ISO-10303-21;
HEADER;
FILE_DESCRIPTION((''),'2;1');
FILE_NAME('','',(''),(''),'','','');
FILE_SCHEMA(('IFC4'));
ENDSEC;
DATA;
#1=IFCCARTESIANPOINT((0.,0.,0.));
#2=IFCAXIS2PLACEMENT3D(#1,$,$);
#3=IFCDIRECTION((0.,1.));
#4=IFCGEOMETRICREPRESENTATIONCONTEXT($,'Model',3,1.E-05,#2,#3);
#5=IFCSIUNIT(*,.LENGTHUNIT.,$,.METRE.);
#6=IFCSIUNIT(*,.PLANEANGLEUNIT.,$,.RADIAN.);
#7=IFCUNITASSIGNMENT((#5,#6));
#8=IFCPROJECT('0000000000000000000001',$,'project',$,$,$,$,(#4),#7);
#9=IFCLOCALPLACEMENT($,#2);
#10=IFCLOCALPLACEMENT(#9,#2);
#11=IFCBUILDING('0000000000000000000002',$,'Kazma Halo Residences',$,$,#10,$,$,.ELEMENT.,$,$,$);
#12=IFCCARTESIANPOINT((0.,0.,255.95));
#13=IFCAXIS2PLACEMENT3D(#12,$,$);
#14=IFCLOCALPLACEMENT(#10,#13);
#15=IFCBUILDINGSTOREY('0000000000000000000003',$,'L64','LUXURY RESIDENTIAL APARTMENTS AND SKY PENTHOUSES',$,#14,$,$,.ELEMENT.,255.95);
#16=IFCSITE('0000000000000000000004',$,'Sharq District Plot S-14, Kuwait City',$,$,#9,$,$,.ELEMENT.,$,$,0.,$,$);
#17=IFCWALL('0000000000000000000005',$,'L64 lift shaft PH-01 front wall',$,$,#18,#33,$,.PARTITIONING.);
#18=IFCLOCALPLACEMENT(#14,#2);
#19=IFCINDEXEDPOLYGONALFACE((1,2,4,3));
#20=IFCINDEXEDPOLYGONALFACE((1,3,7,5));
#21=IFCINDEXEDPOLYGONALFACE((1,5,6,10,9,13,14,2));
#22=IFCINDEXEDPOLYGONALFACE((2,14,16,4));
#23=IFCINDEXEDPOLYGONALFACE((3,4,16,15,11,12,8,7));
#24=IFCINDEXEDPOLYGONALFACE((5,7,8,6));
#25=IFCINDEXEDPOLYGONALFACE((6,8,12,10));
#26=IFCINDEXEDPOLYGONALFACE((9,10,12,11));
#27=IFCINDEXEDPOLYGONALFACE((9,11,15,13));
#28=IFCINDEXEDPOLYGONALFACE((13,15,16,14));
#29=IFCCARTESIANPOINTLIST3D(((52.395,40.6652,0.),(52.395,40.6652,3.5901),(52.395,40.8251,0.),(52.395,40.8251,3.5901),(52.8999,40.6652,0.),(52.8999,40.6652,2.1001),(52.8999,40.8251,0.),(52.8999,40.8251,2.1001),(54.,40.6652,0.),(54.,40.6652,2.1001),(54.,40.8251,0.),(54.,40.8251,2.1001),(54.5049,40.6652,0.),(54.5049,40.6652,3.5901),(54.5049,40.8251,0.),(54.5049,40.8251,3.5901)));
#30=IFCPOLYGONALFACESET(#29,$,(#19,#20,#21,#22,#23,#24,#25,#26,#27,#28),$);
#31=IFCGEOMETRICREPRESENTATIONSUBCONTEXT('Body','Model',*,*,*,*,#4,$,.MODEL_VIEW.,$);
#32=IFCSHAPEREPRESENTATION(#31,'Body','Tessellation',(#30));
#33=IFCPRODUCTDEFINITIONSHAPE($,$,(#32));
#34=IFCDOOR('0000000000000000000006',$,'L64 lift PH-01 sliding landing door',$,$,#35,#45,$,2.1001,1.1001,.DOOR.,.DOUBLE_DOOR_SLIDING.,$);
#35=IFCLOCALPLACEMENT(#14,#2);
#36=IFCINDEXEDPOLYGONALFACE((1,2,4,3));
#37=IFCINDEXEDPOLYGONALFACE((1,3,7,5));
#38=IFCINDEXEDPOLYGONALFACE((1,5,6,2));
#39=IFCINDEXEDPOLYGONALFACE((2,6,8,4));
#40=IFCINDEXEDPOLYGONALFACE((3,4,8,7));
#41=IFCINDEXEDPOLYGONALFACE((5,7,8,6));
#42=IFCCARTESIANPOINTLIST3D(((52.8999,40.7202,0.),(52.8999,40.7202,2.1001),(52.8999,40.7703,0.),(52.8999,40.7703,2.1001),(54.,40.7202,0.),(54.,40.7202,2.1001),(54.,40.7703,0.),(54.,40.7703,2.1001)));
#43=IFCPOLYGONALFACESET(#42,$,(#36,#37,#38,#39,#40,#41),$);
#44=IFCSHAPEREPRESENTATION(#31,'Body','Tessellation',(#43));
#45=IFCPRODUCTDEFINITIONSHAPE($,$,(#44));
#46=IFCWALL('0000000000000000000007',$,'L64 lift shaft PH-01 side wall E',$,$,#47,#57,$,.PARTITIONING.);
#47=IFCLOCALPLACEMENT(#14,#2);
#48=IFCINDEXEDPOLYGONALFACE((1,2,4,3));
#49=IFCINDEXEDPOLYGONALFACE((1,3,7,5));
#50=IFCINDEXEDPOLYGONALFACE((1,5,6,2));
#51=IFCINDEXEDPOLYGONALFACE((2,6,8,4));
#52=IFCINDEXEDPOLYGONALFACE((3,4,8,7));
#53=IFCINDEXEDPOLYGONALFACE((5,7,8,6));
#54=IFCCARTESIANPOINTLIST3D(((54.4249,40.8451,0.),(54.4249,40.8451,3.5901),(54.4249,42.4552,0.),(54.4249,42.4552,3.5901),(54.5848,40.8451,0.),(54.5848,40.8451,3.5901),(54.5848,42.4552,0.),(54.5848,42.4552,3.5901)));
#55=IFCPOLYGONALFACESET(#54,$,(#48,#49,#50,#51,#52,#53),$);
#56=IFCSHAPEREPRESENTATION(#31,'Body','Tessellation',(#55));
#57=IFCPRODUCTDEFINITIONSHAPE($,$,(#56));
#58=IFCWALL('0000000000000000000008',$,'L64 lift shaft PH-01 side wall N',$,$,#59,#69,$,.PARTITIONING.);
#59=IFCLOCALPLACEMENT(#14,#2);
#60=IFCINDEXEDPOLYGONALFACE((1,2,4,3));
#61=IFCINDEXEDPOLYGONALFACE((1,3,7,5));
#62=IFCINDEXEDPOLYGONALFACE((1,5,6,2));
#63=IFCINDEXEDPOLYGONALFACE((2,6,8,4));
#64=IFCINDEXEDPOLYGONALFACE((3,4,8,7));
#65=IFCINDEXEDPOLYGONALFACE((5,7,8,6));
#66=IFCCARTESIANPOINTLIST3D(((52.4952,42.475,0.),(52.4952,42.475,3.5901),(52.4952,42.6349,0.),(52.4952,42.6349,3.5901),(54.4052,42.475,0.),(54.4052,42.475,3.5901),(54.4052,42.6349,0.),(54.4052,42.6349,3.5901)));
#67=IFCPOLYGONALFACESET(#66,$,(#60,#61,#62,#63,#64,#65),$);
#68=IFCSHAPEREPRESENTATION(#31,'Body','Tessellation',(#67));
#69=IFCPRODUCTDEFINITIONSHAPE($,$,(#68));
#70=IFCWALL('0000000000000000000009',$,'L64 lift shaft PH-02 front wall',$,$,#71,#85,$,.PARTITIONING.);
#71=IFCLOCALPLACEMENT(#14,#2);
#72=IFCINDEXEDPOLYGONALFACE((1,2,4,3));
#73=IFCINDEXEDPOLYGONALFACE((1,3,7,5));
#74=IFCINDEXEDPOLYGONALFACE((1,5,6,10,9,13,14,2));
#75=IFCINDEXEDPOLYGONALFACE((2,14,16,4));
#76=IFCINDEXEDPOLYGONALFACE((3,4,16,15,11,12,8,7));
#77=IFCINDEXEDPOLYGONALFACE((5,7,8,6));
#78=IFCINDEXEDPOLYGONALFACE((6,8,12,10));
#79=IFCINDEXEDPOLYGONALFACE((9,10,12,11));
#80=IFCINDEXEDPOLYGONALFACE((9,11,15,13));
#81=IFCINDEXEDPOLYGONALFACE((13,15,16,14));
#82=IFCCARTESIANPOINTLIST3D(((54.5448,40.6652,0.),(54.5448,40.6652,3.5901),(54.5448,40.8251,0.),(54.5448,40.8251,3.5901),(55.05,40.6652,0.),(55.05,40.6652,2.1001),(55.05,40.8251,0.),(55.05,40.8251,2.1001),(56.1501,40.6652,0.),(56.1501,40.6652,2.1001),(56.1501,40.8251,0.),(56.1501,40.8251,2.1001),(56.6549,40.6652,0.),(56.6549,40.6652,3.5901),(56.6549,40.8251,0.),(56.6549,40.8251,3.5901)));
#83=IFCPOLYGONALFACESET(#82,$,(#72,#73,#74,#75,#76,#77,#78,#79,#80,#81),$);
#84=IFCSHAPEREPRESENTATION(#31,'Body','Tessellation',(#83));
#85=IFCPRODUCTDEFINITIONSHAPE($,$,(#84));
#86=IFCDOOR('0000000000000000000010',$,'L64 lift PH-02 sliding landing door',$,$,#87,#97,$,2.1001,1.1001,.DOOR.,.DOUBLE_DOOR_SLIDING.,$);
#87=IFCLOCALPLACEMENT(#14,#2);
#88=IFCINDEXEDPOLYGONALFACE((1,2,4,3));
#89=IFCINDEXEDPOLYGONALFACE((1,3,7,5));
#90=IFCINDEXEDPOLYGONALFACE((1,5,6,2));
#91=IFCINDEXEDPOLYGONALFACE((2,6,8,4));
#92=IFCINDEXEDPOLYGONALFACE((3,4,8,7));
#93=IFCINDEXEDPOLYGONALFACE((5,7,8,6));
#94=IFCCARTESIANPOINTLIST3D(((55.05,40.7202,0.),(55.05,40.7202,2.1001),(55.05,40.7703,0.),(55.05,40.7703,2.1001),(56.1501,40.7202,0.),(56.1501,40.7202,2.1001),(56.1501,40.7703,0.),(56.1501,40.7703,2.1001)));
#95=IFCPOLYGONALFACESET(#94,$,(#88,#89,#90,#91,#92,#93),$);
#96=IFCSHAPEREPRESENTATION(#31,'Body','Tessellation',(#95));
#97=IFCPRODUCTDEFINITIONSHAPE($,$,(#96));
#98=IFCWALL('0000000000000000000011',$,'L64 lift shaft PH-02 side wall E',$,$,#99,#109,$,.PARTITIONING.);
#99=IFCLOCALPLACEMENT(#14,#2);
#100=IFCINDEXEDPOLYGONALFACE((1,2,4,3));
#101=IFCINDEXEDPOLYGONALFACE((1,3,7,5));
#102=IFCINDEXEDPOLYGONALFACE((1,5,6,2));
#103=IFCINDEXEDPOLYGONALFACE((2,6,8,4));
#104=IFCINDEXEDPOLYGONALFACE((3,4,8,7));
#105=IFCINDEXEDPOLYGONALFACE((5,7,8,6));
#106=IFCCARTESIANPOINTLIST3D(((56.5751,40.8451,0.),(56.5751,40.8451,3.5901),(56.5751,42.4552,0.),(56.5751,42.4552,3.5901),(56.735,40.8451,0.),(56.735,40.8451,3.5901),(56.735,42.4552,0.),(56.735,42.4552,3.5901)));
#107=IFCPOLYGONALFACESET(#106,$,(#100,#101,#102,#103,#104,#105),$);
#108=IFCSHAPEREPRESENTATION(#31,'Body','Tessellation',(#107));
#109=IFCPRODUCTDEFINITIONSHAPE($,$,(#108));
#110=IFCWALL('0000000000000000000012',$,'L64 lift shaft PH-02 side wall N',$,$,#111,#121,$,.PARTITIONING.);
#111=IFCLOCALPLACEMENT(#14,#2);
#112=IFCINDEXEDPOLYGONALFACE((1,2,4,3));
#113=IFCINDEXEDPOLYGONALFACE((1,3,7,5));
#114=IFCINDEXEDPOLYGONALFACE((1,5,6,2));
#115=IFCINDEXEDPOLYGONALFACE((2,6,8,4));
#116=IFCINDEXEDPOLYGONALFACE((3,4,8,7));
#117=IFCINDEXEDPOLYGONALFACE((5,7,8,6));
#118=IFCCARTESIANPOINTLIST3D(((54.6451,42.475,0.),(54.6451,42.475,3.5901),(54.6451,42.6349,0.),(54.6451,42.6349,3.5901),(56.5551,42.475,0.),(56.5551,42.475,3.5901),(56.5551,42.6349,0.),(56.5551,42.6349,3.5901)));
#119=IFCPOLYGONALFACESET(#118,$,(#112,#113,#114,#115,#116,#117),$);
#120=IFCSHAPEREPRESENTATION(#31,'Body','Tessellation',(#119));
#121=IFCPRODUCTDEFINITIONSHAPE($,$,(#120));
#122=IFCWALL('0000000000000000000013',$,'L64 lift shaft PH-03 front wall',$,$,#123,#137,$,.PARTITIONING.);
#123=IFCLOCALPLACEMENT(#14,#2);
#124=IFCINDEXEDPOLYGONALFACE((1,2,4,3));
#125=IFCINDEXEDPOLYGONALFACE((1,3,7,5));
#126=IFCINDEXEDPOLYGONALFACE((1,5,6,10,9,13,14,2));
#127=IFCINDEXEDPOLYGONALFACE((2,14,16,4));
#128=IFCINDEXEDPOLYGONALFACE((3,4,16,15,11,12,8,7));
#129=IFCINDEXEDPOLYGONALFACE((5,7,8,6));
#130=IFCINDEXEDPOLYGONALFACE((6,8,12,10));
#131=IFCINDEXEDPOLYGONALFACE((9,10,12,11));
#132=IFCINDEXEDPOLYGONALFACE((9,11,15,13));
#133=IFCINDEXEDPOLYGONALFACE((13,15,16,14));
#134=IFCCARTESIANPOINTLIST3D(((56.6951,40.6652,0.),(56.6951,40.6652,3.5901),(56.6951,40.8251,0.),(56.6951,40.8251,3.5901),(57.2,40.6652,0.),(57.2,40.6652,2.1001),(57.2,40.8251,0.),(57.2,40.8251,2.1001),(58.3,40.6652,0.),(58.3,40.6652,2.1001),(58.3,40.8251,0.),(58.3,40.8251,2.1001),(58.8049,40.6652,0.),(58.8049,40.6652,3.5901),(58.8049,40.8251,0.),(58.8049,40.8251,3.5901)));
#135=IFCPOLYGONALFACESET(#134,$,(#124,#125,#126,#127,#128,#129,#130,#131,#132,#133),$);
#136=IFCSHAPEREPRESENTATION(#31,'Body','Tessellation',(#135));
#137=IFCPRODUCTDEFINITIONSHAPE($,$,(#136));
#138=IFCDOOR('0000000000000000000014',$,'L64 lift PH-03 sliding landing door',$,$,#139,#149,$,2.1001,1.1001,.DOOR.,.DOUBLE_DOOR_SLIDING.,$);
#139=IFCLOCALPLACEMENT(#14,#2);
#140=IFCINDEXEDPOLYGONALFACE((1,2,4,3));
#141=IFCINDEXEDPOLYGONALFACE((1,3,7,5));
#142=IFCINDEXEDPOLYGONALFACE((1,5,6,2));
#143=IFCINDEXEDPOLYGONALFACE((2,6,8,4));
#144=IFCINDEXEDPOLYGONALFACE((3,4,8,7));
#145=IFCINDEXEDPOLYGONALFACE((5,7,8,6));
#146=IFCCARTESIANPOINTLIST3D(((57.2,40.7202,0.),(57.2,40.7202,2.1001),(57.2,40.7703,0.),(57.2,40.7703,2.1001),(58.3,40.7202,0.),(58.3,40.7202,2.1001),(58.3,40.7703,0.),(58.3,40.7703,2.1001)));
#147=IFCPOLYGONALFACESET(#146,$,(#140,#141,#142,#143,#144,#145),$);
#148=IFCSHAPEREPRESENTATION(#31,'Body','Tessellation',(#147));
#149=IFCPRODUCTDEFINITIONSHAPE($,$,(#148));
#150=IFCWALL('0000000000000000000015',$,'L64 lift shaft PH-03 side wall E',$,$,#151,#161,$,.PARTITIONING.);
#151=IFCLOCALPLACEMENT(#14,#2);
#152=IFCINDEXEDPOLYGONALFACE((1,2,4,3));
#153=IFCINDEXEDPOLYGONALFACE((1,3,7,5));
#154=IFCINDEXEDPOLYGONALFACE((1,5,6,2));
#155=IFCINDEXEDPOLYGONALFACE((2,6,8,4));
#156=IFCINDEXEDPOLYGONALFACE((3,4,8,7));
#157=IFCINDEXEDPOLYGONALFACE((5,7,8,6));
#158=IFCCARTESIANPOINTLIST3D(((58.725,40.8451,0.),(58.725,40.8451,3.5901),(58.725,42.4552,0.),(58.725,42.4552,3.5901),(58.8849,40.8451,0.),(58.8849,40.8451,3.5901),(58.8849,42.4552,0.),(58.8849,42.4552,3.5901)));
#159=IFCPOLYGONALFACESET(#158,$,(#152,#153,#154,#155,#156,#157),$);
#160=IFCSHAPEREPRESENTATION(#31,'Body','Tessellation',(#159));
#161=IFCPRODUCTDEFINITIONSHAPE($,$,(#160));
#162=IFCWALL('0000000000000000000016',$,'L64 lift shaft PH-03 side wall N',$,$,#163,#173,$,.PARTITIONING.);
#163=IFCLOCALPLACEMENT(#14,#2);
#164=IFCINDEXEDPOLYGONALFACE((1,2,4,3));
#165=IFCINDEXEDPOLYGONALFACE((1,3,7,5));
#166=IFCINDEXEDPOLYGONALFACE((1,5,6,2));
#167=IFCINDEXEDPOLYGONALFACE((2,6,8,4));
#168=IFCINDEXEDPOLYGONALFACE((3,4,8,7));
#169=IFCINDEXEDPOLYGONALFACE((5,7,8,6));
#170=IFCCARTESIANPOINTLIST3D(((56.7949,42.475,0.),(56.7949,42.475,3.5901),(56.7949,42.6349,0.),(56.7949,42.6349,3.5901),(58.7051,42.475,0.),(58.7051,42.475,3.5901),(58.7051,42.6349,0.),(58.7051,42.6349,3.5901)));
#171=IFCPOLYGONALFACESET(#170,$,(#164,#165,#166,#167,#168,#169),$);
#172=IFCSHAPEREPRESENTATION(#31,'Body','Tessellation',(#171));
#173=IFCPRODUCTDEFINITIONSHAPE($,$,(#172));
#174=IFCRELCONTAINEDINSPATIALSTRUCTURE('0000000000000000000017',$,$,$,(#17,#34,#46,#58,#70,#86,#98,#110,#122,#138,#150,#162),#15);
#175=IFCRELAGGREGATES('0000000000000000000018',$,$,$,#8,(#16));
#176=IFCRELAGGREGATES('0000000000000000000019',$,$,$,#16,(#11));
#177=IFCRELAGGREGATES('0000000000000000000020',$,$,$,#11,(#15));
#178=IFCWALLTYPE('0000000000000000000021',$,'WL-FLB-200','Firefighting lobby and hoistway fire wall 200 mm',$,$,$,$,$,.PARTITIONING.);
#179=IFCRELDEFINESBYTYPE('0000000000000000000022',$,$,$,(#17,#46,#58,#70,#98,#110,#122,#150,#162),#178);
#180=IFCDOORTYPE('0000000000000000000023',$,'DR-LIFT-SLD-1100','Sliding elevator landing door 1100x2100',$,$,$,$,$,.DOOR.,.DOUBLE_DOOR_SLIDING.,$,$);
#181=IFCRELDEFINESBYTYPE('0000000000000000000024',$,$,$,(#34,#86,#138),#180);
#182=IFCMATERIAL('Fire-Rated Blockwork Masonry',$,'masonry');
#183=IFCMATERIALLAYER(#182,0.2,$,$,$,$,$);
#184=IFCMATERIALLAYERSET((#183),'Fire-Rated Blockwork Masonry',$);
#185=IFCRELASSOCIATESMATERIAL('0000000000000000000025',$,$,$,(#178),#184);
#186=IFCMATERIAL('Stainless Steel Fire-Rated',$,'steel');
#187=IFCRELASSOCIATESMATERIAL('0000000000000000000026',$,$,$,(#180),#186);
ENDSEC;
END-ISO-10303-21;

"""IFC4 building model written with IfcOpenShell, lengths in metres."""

from ifc_helpers import new_model, si_unit, direction, frame, frame_2d, origin, place, context, subcontext, project, spatial, rectangle, extrude, material, layer, layer_set, type_object, element, fill, save


model = new_model("IFC4")

# Units and contexts
model_context = context("Model", 3, precision=1e-05, world=origin(), true_north=direction((0.0, 1.0)))
body_context = subcontext(model_context, "Body", "Model", "MODEL_VIEW")
ifc_project = project(units=[si_unit("LENGTHUNIT", "METRE"), si_unit("PLANEANGLEUNIT", "RADIAN")], contexts=[model_context])

# Site, building, storey
site_placement = place(None, origin())
site = spatial("IfcSite", under=ifc_project, at=site_placement, Name="Sharq District Plot S-14, Kuwait City", CompositionType="ELEMENT", RefElevation=0.0)
building_placement = place(site_placement, origin())
building = spatial("IfcBuilding", under=site, at=building_placement, Name="Kazma Halo Residences", CompositionType="ELEMENT")
storey_placement = place(building_placement, frame((0.0, 0.0, 255.95)))
storey = spatial("IfcBuildingStorey", under=building, at=storey_placement, Name="L64", Description="LUXURY RESIDENTIAL APARTMENTS AND SKY PENTHOUSES", CompositionType="ELEMENT", Elevation=255.95)

# Wall, opening, door
ifc_material_1 = material(Name="Fire-Rated Blockwork Masonry", Category="masonry")
ifc_layer_1 = layer(ifc_material_1, 0.2)
ifc_layer_set_1 = layer_set([ifc_layer_1], Name="Fire-Rated Blockwork Masonry")
wall_type_1 = type_object("IfcWallType", Name="WL-FLB-200", Description="Firefighting lobby and hoistway fire wall 200 mm", PredefinedType="PARTITIONING", material=ifc_layer_set_1)
wall_1_placement = place(storey_placement, frame((54.5049, 40.7451, 0.0), z_axis=(0.0, 0.0, 1.0), x_axis=(-1.0, 0.0, 0.0)))
wall_1 = element("IfcWall", 1, at=wall_1_placement, inside=storey, type_object=wall_type_1, Name="L64 lift shaft PH-01 front wall", PredefinedType="PARTITIONING", context=body_context, shape_type="SweptSolid", body=[
    extrude(rectangle(XDim=2.1099, YDim=0.1599, at=frame_2d((1.0549, 0.0))), origin(), (0.0, 0.0, 1.0), 3.5901),
])
opening_1_placement = place(wall_1_placement, frame((0.5049, 0.0, 0.0)))
opening_1 = element("IfcOpeningElement", 2, at=opening_1_placement, cuts=wall_1, PredefinedType="OPENING", context=body_context, shape_type="SweptSolid", body=[
    extrude(rectangle(XDim=1.1001, YDim=2.1001, at=frame_2d((0.55, 1.05))), frame((0.0, 0.0898, 0.0), z_axis=(0.0, -1.0, 0.0), x_axis=(1.0, 0.0, 0.0)), (0.0, 0.0, 1.0), 0.1799),
])
ifc_material_2 = material(Name="Stainless Steel Fire-Rated", Category="steel")
door_type_1 = type_object("IfcDoorType", Name="DR-LIFT-SLD-1100", Description="Sliding elevator landing door 1100x2100", OperationType="DOUBLE_DOOR_SLIDING", PredefinedType="DOOR", material=ifc_material_2)
door_1_placement = place(opening_1_placement, origin())
door_1 = element("IfcDoor", 3, at=door_1_placement, inside=storey, type_object=door_type_1, Name="L64 lift PH-01 sliding landing door", OperationType="DOUBLE_DOOR_SLIDING", OverallHeight=2.1001, OverallWidth=1.1001, PredefinedType="DOOR", context=body_context, shape_type="SweptSolid", body=[
    extrude(rectangle(XDim=1.1001, YDim=2.1001, at=frame_2d((0.55, 1.05))), frame((0.0, 0.0249, 0.0), z_axis=(0.0, -1.0, 0.0), x_axis=(1.0, 0.0, 0.0)), (0.0, 0.0, 1.0), 0.05),
])
fill(opening_1, door_1)

# Walls
wall_2_placement = place(storey_placement, frame((54.5049, 40.845, 0.0), z_axis=(0.0, 0.0, 1.0), x_axis=(0.0, 1.0, 0.0)))
element("IfcWall", 4, at=wall_2_placement, inside=storey, type_object=wall_type_1, Name="L64 lift shaft PH-01 side wall E", PredefinedType="PARTITIONING", context=body_context, shape_type="SweptSolid", body=[
    extrude(rectangle(XDim=1.6101, YDim=0.1599, at=frame_2d((0.8052, 0.0))), origin(), (0.0, 0.0, 1.0), 3.5901),
])
wall_3_placement = place(storey_placement, frame((52.4951, 42.5549, 0.0), z_axis=(0.0, 0.0, 1.0), x_axis=(1.0, 0.0, 0.0)))
element("IfcWall", 5, at=wall_3_placement, inside=storey, type_object=wall_type_1, Name="L64 lift shaft PH-01 side wall N", PredefinedType="PARTITIONING", context=body_context, shape_type="SweptSolid", body=[
    extrude(rectangle(XDim=1.9099, YDim=0.1599, at=frame_2d((0.9551, 0.0))), origin(), (0.0, 0.0, 1.0), 3.5901),
])

# Wall, opening, door
wall_4_placement = place(storey_placement, frame((56.655, 40.7451, 0.0), z_axis=(0.0, 0.0, 1.0), x_axis=(-1.0, 0.0, 0.0)))
wall_4 = element("IfcWall", 6, at=wall_4_placement, inside=storey, type_object=wall_type_1, Name="L64 lift shaft PH-02 front wall", PredefinedType="PARTITIONING", context=body_context, shape_type="SweptSolid", body=[
    extrude(rectangle(XDim=2.1101, YDim=0.1599, at=frame_2d((1.0552, 0.0))), origin(), (0.0, 0.0, 1.0), 3.5901),
])
opening_2_placement = place(wall_4_placement, frame((0.5049, 0.0, 0.0)))
opening_2 = element("IfcOpeningElement", 7, at=opening_2_placement, cuts=wall_4, PredefinedType="OPENING", context=body_context, shape_type="SweptSolid", body=[
    extrude(rectangle(XDim=1.1001, YDim=2.1001, at=frame_2d((0.55, 1.05))), frame((0.0, 0.0898, 0.0), z_axis=(0.0, -1.0, 0.0), x_axis=(1.0, 0.0, 0.0)), (0.0, 0.0, 1.0), 0.1799),
])
door_2_placement = place(opening_2_placement, origin())
door_2 = element("IfcDoor", 8, at=door_2_placement, inside=storey, type_object=door_type_1, Name="L64 lift PH-02 sliding landing door", OperationType="DOUBLE_DOOR_SLIDING", OverallHeight=2.1001, OverallWidth=1.1001, PredefinedType="DOOR", context=body_context, shape_type="SweptSolid", body=[
    extrude(rectangle(XDim=1.1001, YDim=2.1001, at=frame_2d((0.55, 1.05))), frame((0.0, 0.0249, 0.0), z_axis=(0.0, -1.0, 0.0), x_axis=(1.0, 0.0, 0.0)), (0.0, 0.0, 1.0), 0.05),
])
fill(opening_2, door_2)

# Walls
wall_5_placement = place(storey_placement, frame((56.655, 40.845, 0.0), z_axis=(0.0, 0.0, 1.0), x_axis=(0.0, 1.0, 0.0)))
element("IfcWall", 9, at=wall_5_placement, inside=storey, type_object=wall_type_1, Name="L64 lift shaft PH-02 side wall E", PredefinedType="PARTITIONING", context=body_context, shape_type="SweptSolid", body=[
    extrude(rectangle(XDim=1.6101, YDim=0.1599, at=frame_2d((0.8052, 0.0))), origin(), (0.0, 0.0, 1.0), 3.5901),
])
wall_6_placement = place(storey_placement, frame((54.645, 42.5549, 0.0), z_axis=(0.0, 0.0, 1.0), x_axis=(1.0, 0.0, 0.0)))
element("IfcWall", 10, at=wall_6_placement, inside=storey, type_object=wall_type_1, Name="L64 lift shaft PH-02 side wall N", PredefinedType="PARTITIONING", context=body_context, shape_type="SweptSolid", body=[
    extrude(rectangle(XDim=1.9099, YDim=0.1599, at=frame_2d((0.9551, 0.0))), origin(), (0.0, 0.0, 1.0), 3.5901),
])

# Wall, opening, door
wall_7_placement = place(storey_placement, frame((58.8049, 40.7451, 0.0), z_axis=(0.0, 0.0, 1.0), x_axis=(-1.0, 0.0, 0.0)))
wall_7 = element("IfcWall", 11, at=wall_7_placement, inside=storey, type_object=wall_type_1, Name="L64 lift shaft PH-03 front wall", PredefinedType="PARTITIONING", context=body_context, shape_type="SweptSolid", body=[
    extrude(rectangle(XDim=2.1099, YDim=0.1599, at=frame_2d((1.0549, 0.0))), origin(), (0.0, 0.0, 1.0), 3.5901),
])
opening_3_placement = place(wall_7_placement, frame((0.5049, 0.0, 0.0)))
opening_3 = element("IfcOpeningElement", 12, at=opening_3_placement, cuts=wall_7, PredefinedType="OPENING", context=body_context, shape_type="SweptSolid", body=[
    extrude(rectangle(XDim=1.1001, YDim=2.1001, at=frame_2d((0.55, 1.05))), frame((0.0, 0.0898, 0.0), z_axis=(0.0, -1.0, 0.0), x_axis=(1.0, 0.0, 0.0)), (0.0, 0.0, 1.0), 0.1799),
])
door_3_placement = place(opening_3_placement, origin())
door_3 = element("IfcDoor", 13, at=door_3_placement, inside=storey, type_object=door_type_1, Name="L64 lift PH-03 sliding landing door", OperationType="DOUBLE_DOOR_SLIDING", OverallHeight=2.1001, OverallWidth=1.1001, PredefinedType="DOOR", context=body_context, shape_type="SweptSolid", body=[
    extrude(rectangle(XDim=1.1001, YDim=2.1001, at=frame_2d((0.55, 1.05))), frame((0.0, 0.0249, 0.0), z_axis=(0.0, -1.0, 0.0), x_axis=(1.0, 0.0, 0.0)), (0.0, 0.0, 1.0), 0.05),
])
fill(opening_3, door_3)

# Walls
wall_8_placement = place(storey_placement, frame((58.8049, 40.845, 0.0), z_axis=(0.0, 0.0, 1.0), x_axis=(0.0, 1.0, 0.0)))
element("IfcWall", 14, at=wall_8_placement, inside=storey, type_object=wall_type_1, Name="L64 lift shaft PH-03 side wall E", PredefinedType="PARTITIONING", context=body_context, shape_type="SweptSolid", body=[
    extrude(rectangle(XDim=1.6101, YDim=0.1599, at=frame_2d((0.8052, 0.0))), origin(), (0.0, 0.0, 1.0), 3.5901),
])
wall_9_placement = place(storey_placement, frame((56.7949, 42.5549, 0.0), z_axis=(0.0, 0.0, 1.0), x_axis=(1.0, 0.0, 0.0)))
element("IfcWall", 15, at=wall_9_placement, inside=storey, type_object=wall_type_1, Name="L64 lift shaft PH-03 side wall N", PredefinedType="PARTITIONING", context=body_context, shape_type="SweptSolid", body=[
    extrude(rectangle(XDim=1.9102, YDim=0.1599, at=frame_2d((0.9551, 0.0))), origin(), (0.0, 0.0, 1.0), 3.5901),
])

save(model, "model.ifc")
